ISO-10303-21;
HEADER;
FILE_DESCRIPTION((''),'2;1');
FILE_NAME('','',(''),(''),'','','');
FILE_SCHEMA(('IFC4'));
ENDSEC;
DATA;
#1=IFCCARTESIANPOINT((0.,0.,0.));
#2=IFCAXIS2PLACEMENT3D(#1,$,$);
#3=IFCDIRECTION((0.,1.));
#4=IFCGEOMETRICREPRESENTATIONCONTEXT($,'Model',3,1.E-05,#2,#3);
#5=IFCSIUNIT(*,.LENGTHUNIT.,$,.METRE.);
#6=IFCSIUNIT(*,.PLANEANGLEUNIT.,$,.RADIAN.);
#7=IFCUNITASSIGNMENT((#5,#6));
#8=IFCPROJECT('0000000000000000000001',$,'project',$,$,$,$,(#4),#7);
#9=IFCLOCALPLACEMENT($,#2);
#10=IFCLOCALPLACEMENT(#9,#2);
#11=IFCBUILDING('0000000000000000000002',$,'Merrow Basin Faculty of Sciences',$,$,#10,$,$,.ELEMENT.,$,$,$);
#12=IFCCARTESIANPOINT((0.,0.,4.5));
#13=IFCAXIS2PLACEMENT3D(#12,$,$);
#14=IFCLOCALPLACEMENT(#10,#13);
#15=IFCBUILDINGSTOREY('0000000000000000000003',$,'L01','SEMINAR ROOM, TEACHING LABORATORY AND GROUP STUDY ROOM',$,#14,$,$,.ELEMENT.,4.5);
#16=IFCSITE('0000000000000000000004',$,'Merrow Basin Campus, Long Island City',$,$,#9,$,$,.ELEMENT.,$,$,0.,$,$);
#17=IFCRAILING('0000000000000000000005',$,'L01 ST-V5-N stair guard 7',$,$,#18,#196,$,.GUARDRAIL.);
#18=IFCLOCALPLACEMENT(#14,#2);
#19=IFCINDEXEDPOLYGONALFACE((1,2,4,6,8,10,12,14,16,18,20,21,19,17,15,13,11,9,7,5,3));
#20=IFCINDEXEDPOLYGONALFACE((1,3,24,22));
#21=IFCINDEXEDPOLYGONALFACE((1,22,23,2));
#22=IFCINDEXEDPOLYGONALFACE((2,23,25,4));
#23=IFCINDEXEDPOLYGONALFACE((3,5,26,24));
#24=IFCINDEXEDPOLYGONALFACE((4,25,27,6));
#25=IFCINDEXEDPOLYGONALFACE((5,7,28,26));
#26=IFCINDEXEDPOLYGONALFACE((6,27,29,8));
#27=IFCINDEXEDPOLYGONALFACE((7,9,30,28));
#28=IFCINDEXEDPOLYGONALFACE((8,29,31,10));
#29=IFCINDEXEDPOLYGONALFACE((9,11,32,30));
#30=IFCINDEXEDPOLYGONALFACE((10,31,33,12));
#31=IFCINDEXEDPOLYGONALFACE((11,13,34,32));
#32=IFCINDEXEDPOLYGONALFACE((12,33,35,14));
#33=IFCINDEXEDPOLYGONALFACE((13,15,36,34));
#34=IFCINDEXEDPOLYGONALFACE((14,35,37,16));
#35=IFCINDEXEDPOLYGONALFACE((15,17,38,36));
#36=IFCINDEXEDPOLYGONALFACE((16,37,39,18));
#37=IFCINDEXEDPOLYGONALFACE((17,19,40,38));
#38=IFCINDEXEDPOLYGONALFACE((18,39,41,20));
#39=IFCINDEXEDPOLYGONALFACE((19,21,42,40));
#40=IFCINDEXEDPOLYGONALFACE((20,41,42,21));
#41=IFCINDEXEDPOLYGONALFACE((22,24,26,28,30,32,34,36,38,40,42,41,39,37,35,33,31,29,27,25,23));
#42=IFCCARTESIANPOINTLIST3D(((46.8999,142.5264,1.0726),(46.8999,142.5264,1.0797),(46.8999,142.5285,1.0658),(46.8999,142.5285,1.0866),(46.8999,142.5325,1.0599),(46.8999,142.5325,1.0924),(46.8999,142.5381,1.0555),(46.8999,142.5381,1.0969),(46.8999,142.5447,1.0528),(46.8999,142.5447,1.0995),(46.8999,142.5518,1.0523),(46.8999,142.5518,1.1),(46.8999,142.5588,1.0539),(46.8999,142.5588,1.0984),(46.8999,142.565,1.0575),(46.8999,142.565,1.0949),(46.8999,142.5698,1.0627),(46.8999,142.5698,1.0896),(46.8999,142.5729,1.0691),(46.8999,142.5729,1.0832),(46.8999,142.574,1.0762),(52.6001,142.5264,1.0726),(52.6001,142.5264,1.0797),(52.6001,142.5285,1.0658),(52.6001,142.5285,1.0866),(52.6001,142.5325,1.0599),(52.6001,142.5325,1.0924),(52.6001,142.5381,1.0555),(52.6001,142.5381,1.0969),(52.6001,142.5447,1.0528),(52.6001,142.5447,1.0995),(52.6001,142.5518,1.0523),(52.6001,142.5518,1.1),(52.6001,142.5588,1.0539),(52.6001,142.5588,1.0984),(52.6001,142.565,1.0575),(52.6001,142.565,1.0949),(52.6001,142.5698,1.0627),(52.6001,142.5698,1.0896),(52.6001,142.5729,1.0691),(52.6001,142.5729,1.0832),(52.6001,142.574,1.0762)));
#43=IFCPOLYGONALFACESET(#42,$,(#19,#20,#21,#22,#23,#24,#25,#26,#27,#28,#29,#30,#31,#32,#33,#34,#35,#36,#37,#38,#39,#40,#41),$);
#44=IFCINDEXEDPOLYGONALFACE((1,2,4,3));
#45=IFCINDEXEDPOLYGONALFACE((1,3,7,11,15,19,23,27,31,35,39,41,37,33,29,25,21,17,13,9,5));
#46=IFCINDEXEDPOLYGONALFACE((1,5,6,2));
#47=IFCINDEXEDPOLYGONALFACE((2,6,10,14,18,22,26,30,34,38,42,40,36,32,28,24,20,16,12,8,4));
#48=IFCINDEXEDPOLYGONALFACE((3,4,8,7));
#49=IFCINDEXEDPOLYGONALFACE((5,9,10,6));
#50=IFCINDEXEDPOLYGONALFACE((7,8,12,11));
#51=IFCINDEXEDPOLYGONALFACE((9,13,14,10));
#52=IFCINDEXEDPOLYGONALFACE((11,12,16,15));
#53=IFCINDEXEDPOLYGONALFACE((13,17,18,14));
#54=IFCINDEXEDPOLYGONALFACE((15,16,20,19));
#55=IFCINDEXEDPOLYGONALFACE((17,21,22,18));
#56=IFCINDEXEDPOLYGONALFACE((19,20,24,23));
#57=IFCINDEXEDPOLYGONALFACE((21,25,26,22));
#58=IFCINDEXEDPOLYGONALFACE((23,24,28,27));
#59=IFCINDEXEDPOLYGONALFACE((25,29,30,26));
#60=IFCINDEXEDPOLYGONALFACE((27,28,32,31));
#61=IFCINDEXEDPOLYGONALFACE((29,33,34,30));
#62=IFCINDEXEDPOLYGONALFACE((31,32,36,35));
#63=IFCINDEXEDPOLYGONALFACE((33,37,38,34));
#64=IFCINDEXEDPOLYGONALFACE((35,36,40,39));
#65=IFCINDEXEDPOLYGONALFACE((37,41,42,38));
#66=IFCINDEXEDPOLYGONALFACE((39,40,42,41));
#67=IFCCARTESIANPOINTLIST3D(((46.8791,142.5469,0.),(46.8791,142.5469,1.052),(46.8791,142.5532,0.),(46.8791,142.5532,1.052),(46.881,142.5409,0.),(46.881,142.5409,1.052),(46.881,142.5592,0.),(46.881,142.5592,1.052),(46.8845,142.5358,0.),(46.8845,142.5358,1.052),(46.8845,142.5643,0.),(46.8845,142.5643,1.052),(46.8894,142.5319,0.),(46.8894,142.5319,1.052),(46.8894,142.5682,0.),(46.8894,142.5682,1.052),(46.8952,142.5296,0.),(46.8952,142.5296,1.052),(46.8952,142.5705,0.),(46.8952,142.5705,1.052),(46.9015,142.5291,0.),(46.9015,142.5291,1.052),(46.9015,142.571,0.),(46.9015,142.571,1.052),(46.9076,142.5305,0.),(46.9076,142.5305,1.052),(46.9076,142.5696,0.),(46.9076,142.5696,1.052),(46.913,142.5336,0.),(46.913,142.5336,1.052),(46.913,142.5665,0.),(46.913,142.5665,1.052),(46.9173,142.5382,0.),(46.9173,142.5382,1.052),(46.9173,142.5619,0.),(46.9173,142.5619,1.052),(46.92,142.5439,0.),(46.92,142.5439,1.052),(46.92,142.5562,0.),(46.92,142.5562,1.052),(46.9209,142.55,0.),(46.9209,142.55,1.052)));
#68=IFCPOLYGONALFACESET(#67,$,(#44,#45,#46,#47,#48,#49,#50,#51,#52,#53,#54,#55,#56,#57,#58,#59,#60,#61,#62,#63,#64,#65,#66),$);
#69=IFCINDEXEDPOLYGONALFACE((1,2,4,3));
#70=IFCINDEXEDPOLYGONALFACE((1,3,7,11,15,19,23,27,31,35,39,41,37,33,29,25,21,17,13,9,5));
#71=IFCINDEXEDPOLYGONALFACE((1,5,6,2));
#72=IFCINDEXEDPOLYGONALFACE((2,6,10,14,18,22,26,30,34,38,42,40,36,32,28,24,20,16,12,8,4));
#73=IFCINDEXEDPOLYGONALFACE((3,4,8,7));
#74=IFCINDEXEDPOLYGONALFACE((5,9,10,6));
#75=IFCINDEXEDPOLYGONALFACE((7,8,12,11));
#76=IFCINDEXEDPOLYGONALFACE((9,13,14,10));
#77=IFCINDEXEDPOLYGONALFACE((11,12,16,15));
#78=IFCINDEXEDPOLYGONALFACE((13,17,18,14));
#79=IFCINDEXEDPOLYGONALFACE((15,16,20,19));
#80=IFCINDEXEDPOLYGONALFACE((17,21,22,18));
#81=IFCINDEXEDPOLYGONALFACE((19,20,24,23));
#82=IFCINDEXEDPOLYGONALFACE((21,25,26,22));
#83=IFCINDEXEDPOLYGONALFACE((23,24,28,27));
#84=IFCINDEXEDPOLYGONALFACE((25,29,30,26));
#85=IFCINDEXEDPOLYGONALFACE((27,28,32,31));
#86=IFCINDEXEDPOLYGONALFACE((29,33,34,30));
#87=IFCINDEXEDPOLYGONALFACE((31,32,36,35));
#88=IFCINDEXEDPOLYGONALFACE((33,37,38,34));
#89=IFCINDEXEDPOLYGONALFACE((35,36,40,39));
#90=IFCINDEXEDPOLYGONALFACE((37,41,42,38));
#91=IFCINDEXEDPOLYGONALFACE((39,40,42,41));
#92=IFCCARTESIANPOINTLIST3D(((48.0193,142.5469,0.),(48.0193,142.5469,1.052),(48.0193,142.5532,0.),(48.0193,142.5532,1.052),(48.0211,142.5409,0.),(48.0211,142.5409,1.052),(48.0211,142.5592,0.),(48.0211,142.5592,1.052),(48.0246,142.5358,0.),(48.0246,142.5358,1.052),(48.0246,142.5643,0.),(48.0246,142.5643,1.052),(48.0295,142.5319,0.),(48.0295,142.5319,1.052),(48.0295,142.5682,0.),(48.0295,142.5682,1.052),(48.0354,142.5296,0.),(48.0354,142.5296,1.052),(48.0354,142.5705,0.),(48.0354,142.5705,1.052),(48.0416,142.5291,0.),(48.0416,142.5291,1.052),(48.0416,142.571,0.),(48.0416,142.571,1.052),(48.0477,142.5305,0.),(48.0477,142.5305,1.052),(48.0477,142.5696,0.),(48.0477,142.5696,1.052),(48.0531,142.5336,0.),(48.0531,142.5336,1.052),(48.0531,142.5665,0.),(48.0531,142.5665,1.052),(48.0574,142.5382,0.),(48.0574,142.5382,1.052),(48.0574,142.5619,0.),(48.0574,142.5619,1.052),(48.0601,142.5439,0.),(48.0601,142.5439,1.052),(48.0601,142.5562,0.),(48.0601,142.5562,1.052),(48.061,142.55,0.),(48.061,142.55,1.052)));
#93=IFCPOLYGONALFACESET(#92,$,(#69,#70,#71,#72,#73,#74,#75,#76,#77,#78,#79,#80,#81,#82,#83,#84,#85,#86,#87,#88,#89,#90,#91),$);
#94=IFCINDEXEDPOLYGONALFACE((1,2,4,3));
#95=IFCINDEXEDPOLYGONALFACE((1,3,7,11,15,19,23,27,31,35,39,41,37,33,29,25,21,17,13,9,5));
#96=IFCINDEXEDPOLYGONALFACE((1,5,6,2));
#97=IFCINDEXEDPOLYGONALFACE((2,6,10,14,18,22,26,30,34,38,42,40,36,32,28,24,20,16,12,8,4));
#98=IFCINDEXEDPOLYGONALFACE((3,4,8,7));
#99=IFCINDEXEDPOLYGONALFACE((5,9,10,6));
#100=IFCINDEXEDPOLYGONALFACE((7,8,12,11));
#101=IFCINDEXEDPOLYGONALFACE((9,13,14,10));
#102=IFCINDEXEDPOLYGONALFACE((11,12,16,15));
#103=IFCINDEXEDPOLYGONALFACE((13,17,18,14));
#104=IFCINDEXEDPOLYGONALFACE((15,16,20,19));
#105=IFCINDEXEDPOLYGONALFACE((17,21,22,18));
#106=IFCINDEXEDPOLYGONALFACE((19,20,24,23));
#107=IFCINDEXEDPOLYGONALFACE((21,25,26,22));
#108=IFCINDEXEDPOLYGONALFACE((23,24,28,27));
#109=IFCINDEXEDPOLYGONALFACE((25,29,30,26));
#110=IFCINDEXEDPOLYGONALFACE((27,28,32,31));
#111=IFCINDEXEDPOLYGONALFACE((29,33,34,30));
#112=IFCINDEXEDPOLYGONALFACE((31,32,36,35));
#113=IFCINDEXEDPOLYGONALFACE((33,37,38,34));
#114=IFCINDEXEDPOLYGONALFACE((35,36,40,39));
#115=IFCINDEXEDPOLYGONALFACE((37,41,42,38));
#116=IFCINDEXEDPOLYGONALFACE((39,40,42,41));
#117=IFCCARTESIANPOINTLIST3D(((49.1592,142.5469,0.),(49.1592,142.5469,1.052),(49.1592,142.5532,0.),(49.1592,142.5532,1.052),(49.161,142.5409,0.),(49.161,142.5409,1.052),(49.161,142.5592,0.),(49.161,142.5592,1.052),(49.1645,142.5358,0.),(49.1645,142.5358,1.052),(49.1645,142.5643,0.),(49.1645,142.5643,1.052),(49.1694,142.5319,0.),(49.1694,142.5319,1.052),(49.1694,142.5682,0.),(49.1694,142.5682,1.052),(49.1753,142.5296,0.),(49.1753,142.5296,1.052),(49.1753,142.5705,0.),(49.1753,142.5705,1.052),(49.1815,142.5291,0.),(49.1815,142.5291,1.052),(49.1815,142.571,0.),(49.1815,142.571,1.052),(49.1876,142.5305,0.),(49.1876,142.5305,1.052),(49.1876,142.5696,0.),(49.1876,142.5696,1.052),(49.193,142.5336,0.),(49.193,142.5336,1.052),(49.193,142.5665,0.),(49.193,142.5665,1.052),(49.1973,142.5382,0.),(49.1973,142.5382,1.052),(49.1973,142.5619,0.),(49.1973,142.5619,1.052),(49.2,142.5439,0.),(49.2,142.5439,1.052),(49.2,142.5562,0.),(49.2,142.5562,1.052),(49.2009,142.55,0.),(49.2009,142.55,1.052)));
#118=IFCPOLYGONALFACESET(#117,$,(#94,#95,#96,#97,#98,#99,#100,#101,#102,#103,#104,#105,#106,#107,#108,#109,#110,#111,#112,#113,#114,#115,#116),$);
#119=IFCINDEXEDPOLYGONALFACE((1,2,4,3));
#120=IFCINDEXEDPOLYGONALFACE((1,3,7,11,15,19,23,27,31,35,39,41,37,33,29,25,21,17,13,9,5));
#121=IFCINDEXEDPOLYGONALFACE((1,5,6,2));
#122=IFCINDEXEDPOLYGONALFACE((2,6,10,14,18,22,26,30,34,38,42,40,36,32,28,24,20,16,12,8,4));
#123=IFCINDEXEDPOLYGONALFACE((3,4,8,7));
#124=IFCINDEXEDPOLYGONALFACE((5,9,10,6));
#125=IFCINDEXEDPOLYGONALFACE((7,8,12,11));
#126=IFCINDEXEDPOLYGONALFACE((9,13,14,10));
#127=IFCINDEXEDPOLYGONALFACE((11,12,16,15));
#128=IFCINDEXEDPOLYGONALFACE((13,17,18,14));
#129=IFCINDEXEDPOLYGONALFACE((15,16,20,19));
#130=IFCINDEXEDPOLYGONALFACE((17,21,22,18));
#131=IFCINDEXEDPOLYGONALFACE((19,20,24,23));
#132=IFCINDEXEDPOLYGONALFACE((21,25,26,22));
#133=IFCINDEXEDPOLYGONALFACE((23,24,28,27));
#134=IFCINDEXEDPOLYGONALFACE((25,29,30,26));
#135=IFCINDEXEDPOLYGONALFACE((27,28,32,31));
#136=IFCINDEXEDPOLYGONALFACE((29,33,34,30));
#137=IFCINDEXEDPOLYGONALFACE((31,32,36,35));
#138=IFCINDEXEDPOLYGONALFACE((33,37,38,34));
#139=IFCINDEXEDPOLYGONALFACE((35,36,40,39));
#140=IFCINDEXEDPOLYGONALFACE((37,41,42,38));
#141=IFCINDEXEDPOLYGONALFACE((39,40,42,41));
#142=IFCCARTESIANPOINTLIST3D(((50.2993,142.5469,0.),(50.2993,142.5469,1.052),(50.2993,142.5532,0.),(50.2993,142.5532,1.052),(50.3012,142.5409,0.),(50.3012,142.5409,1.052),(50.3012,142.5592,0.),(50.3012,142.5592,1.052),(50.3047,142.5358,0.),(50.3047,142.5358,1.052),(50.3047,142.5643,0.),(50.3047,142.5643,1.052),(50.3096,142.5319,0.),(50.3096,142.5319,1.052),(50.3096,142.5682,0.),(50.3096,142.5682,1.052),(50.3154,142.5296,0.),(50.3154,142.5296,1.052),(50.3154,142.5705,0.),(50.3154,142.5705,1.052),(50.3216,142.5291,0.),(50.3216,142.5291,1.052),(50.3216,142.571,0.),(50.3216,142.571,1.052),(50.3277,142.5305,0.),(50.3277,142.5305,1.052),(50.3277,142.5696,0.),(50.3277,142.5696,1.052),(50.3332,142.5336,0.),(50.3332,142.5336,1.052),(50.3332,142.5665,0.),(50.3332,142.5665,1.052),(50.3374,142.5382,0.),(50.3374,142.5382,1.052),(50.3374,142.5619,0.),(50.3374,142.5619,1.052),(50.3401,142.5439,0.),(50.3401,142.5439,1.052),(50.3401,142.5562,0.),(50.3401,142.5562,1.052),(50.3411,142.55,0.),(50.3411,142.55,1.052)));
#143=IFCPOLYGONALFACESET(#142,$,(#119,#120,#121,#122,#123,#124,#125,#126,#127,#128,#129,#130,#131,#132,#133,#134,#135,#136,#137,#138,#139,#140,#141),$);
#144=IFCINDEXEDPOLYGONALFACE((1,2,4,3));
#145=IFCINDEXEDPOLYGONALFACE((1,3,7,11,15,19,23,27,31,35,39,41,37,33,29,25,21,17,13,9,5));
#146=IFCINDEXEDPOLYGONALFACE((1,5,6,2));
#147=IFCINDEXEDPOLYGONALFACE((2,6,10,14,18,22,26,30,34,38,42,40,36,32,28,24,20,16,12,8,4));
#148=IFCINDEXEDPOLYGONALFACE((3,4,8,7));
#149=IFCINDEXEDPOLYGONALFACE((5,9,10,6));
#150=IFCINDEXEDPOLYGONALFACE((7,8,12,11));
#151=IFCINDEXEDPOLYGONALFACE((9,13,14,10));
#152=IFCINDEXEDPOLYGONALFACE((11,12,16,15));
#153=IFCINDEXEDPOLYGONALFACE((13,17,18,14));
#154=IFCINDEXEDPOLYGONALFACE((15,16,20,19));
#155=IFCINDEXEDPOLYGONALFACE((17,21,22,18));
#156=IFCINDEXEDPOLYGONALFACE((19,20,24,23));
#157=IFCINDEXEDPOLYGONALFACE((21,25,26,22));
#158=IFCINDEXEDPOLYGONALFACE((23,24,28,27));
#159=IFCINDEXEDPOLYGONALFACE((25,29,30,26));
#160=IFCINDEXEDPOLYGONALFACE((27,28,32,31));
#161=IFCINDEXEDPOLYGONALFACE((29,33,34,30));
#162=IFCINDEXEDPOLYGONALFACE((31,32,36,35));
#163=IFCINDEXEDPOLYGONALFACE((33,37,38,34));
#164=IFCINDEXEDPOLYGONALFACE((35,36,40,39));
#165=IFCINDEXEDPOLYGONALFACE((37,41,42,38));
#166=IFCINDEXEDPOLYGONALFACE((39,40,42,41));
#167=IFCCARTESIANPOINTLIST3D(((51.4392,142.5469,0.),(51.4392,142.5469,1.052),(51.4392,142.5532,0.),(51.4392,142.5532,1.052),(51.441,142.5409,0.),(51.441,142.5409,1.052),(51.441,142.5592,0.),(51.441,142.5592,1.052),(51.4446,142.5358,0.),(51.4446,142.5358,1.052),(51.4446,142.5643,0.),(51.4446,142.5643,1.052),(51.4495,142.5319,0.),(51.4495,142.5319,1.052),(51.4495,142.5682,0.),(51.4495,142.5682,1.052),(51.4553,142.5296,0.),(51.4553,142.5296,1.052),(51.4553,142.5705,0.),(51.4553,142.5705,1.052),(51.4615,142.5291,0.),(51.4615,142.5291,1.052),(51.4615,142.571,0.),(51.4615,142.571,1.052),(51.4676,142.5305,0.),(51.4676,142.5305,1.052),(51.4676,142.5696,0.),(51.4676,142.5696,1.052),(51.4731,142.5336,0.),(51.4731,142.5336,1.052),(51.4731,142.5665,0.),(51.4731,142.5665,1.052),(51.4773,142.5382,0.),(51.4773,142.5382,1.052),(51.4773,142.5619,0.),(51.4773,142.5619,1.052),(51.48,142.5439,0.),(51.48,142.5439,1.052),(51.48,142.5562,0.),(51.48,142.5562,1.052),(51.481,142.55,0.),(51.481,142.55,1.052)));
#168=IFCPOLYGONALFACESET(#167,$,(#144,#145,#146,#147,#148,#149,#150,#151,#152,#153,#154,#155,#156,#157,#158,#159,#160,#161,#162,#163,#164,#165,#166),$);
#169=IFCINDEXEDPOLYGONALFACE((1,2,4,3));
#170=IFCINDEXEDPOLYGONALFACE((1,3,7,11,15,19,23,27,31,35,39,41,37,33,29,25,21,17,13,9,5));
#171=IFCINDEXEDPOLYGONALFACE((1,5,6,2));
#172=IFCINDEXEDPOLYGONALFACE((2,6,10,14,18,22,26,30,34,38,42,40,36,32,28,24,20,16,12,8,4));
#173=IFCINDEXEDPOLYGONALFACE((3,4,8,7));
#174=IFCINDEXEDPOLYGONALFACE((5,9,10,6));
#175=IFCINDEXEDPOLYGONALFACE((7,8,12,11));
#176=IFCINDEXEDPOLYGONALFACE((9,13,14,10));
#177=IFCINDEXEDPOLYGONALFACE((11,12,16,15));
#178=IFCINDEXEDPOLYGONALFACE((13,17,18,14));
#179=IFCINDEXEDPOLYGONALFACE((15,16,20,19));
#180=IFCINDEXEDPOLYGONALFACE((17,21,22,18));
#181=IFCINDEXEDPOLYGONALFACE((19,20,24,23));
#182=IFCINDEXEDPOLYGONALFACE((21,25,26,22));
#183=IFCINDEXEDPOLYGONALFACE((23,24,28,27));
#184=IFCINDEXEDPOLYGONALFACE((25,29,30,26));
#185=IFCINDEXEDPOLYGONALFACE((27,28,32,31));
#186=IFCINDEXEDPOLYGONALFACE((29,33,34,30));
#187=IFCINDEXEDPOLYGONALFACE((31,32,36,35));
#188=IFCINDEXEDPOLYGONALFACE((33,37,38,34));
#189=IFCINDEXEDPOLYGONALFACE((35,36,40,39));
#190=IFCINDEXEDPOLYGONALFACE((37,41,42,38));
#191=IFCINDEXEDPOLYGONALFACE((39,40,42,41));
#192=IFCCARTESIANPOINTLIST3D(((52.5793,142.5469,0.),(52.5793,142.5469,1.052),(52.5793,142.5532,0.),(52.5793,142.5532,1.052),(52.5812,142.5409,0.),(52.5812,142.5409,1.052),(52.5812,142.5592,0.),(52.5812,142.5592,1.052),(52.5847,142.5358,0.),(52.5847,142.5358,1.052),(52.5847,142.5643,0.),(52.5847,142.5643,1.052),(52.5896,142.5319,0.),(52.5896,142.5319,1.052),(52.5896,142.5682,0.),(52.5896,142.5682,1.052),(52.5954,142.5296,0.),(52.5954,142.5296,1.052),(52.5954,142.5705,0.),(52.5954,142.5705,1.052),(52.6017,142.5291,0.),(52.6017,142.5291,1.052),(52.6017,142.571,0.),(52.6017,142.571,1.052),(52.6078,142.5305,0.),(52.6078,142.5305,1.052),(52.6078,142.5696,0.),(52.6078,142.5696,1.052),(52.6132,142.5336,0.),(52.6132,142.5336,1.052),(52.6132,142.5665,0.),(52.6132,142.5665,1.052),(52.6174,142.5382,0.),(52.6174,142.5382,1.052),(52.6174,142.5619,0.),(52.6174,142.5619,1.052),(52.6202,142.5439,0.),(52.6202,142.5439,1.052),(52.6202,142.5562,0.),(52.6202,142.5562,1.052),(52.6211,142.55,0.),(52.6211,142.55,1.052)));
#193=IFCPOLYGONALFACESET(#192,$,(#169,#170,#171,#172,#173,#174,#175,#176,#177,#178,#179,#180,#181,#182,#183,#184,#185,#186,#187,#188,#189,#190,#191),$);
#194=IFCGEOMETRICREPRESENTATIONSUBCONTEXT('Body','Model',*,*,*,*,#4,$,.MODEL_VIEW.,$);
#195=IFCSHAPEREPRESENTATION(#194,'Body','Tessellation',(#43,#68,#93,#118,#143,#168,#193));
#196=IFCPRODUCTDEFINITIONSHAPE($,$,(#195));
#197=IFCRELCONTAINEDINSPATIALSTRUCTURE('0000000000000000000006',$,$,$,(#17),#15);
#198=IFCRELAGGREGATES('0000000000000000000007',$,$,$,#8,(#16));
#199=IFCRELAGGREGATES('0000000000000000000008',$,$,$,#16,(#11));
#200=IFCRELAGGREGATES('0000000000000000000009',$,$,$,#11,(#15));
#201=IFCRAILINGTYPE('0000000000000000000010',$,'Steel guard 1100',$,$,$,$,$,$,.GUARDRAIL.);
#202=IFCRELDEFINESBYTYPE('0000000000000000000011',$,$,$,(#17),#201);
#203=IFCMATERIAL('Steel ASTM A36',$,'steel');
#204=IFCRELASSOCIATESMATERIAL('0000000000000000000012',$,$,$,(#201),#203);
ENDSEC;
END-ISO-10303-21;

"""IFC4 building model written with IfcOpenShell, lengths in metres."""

from ifc_helpers import new_model, si_unit, direction, frame, origin, origin_2d, place, context, subcontext, project, spatial, circle, extrude, material, type_object, element, save


model = new_model("IFC4")

# Units and contexts
model_context = context("Model", 3, precision=1e-05, world=origin(), true_north=direction((0.0, 1.0)))
body_context = subcontext(model_context, "Body", "Model", "MODEL_VIEW")
ifc_project = project(units=[si_unit("LENGTHUNIT", "METRE"), si_unit("PLANEANGLEUNIT", "RADIAN")], contexts=[model_context])

# Site, building, storey
site_placement = place(None, origin())
site = spatial("IfcSite", under=ifc_project, at=site_placement, Name="Merrow Basin Campus, Long Island City", CompositionType="ELEMENT", RefElevation=0.0)
building_placement = place(site_placement, origin())
building = spatial("IfcBuilding", under=site, at=building_placement, Name="Merrow Basin Faculty of Sciences", CompositionType="ELEMENT")
storey_placement = place(building_placement, frame((0.0, 0.0, 4.5)))
storey = spatial("IfcBuildingStorey", under=building, at=storey_placement, Name="L01", Description="SEMINAR ROOM, TEACHING LABORATORY AND GROUP STUDY ROOM", CompositionType="ELEMENT", Elevation=4.5)

# Railing
ifc_material_1 = material(Name="Steel ASTM A36", Category="steel")
railing_type_1 = type_object("IfcRailingType", Name="Steel guard 1100", PredefinedType="GUARDRAIL", material=ifc_material_1)
railing_1_placement = place(storey_placement, frame((46.8999, 142.55, 0.0)))
element("IfcRailing", 1, at=railing_1_placement, inside=storey, type_object=railing_type_1, Name="L01 ST-V5-N stair guard 7", PredefinedType="GUARDRAIL", context=body_context, shape_type="SweptSolid", body=[
    extrude(circle(Radius=0.0239, at=origin_2d()), frame((0.0, 0.0, 1.0762), z_axis=(1.0, 0.0, 0.0), x_axis=(0.0, 1.0, 0.0)), (0.0, 0.0, 1.0), 5.7002),
    extrude(circle(Radius=0.021, at=origin_2d()), origin(), (0.0, 0.0, 1.0), 1.052),
    extrude(circle(Radius=0.021, at=origin_2d()), frame((1.1401, 0.0, 0.0)), (0.0, 0.0, 1.0), 1.052),
    extrude(circle(Radius=0.021, at=origin_2d()), frame((2.28, 0.0, 0.0)), (0.0, 0.0, 1.0), 1.052),
    extrude(circle(Radius=0.021, at=origin_2d()), frame((3.4202, 0.0, 0.0)), (0.0, 0.0, 1.0), 1.052),
    extrude(circle(Radius=0.021, at=origin_2d()), frame((4.5601, 0.0, 0.0)), (0.0, 0.0, 1.0), 1.052),
    extrude(circle(Radius=0.021, at=origin_2d()), frame((5.7002, 0.0, 0.0)), (0.0, 0.0, 1.0), 1.052),
])

save(model, "model.ifc")
